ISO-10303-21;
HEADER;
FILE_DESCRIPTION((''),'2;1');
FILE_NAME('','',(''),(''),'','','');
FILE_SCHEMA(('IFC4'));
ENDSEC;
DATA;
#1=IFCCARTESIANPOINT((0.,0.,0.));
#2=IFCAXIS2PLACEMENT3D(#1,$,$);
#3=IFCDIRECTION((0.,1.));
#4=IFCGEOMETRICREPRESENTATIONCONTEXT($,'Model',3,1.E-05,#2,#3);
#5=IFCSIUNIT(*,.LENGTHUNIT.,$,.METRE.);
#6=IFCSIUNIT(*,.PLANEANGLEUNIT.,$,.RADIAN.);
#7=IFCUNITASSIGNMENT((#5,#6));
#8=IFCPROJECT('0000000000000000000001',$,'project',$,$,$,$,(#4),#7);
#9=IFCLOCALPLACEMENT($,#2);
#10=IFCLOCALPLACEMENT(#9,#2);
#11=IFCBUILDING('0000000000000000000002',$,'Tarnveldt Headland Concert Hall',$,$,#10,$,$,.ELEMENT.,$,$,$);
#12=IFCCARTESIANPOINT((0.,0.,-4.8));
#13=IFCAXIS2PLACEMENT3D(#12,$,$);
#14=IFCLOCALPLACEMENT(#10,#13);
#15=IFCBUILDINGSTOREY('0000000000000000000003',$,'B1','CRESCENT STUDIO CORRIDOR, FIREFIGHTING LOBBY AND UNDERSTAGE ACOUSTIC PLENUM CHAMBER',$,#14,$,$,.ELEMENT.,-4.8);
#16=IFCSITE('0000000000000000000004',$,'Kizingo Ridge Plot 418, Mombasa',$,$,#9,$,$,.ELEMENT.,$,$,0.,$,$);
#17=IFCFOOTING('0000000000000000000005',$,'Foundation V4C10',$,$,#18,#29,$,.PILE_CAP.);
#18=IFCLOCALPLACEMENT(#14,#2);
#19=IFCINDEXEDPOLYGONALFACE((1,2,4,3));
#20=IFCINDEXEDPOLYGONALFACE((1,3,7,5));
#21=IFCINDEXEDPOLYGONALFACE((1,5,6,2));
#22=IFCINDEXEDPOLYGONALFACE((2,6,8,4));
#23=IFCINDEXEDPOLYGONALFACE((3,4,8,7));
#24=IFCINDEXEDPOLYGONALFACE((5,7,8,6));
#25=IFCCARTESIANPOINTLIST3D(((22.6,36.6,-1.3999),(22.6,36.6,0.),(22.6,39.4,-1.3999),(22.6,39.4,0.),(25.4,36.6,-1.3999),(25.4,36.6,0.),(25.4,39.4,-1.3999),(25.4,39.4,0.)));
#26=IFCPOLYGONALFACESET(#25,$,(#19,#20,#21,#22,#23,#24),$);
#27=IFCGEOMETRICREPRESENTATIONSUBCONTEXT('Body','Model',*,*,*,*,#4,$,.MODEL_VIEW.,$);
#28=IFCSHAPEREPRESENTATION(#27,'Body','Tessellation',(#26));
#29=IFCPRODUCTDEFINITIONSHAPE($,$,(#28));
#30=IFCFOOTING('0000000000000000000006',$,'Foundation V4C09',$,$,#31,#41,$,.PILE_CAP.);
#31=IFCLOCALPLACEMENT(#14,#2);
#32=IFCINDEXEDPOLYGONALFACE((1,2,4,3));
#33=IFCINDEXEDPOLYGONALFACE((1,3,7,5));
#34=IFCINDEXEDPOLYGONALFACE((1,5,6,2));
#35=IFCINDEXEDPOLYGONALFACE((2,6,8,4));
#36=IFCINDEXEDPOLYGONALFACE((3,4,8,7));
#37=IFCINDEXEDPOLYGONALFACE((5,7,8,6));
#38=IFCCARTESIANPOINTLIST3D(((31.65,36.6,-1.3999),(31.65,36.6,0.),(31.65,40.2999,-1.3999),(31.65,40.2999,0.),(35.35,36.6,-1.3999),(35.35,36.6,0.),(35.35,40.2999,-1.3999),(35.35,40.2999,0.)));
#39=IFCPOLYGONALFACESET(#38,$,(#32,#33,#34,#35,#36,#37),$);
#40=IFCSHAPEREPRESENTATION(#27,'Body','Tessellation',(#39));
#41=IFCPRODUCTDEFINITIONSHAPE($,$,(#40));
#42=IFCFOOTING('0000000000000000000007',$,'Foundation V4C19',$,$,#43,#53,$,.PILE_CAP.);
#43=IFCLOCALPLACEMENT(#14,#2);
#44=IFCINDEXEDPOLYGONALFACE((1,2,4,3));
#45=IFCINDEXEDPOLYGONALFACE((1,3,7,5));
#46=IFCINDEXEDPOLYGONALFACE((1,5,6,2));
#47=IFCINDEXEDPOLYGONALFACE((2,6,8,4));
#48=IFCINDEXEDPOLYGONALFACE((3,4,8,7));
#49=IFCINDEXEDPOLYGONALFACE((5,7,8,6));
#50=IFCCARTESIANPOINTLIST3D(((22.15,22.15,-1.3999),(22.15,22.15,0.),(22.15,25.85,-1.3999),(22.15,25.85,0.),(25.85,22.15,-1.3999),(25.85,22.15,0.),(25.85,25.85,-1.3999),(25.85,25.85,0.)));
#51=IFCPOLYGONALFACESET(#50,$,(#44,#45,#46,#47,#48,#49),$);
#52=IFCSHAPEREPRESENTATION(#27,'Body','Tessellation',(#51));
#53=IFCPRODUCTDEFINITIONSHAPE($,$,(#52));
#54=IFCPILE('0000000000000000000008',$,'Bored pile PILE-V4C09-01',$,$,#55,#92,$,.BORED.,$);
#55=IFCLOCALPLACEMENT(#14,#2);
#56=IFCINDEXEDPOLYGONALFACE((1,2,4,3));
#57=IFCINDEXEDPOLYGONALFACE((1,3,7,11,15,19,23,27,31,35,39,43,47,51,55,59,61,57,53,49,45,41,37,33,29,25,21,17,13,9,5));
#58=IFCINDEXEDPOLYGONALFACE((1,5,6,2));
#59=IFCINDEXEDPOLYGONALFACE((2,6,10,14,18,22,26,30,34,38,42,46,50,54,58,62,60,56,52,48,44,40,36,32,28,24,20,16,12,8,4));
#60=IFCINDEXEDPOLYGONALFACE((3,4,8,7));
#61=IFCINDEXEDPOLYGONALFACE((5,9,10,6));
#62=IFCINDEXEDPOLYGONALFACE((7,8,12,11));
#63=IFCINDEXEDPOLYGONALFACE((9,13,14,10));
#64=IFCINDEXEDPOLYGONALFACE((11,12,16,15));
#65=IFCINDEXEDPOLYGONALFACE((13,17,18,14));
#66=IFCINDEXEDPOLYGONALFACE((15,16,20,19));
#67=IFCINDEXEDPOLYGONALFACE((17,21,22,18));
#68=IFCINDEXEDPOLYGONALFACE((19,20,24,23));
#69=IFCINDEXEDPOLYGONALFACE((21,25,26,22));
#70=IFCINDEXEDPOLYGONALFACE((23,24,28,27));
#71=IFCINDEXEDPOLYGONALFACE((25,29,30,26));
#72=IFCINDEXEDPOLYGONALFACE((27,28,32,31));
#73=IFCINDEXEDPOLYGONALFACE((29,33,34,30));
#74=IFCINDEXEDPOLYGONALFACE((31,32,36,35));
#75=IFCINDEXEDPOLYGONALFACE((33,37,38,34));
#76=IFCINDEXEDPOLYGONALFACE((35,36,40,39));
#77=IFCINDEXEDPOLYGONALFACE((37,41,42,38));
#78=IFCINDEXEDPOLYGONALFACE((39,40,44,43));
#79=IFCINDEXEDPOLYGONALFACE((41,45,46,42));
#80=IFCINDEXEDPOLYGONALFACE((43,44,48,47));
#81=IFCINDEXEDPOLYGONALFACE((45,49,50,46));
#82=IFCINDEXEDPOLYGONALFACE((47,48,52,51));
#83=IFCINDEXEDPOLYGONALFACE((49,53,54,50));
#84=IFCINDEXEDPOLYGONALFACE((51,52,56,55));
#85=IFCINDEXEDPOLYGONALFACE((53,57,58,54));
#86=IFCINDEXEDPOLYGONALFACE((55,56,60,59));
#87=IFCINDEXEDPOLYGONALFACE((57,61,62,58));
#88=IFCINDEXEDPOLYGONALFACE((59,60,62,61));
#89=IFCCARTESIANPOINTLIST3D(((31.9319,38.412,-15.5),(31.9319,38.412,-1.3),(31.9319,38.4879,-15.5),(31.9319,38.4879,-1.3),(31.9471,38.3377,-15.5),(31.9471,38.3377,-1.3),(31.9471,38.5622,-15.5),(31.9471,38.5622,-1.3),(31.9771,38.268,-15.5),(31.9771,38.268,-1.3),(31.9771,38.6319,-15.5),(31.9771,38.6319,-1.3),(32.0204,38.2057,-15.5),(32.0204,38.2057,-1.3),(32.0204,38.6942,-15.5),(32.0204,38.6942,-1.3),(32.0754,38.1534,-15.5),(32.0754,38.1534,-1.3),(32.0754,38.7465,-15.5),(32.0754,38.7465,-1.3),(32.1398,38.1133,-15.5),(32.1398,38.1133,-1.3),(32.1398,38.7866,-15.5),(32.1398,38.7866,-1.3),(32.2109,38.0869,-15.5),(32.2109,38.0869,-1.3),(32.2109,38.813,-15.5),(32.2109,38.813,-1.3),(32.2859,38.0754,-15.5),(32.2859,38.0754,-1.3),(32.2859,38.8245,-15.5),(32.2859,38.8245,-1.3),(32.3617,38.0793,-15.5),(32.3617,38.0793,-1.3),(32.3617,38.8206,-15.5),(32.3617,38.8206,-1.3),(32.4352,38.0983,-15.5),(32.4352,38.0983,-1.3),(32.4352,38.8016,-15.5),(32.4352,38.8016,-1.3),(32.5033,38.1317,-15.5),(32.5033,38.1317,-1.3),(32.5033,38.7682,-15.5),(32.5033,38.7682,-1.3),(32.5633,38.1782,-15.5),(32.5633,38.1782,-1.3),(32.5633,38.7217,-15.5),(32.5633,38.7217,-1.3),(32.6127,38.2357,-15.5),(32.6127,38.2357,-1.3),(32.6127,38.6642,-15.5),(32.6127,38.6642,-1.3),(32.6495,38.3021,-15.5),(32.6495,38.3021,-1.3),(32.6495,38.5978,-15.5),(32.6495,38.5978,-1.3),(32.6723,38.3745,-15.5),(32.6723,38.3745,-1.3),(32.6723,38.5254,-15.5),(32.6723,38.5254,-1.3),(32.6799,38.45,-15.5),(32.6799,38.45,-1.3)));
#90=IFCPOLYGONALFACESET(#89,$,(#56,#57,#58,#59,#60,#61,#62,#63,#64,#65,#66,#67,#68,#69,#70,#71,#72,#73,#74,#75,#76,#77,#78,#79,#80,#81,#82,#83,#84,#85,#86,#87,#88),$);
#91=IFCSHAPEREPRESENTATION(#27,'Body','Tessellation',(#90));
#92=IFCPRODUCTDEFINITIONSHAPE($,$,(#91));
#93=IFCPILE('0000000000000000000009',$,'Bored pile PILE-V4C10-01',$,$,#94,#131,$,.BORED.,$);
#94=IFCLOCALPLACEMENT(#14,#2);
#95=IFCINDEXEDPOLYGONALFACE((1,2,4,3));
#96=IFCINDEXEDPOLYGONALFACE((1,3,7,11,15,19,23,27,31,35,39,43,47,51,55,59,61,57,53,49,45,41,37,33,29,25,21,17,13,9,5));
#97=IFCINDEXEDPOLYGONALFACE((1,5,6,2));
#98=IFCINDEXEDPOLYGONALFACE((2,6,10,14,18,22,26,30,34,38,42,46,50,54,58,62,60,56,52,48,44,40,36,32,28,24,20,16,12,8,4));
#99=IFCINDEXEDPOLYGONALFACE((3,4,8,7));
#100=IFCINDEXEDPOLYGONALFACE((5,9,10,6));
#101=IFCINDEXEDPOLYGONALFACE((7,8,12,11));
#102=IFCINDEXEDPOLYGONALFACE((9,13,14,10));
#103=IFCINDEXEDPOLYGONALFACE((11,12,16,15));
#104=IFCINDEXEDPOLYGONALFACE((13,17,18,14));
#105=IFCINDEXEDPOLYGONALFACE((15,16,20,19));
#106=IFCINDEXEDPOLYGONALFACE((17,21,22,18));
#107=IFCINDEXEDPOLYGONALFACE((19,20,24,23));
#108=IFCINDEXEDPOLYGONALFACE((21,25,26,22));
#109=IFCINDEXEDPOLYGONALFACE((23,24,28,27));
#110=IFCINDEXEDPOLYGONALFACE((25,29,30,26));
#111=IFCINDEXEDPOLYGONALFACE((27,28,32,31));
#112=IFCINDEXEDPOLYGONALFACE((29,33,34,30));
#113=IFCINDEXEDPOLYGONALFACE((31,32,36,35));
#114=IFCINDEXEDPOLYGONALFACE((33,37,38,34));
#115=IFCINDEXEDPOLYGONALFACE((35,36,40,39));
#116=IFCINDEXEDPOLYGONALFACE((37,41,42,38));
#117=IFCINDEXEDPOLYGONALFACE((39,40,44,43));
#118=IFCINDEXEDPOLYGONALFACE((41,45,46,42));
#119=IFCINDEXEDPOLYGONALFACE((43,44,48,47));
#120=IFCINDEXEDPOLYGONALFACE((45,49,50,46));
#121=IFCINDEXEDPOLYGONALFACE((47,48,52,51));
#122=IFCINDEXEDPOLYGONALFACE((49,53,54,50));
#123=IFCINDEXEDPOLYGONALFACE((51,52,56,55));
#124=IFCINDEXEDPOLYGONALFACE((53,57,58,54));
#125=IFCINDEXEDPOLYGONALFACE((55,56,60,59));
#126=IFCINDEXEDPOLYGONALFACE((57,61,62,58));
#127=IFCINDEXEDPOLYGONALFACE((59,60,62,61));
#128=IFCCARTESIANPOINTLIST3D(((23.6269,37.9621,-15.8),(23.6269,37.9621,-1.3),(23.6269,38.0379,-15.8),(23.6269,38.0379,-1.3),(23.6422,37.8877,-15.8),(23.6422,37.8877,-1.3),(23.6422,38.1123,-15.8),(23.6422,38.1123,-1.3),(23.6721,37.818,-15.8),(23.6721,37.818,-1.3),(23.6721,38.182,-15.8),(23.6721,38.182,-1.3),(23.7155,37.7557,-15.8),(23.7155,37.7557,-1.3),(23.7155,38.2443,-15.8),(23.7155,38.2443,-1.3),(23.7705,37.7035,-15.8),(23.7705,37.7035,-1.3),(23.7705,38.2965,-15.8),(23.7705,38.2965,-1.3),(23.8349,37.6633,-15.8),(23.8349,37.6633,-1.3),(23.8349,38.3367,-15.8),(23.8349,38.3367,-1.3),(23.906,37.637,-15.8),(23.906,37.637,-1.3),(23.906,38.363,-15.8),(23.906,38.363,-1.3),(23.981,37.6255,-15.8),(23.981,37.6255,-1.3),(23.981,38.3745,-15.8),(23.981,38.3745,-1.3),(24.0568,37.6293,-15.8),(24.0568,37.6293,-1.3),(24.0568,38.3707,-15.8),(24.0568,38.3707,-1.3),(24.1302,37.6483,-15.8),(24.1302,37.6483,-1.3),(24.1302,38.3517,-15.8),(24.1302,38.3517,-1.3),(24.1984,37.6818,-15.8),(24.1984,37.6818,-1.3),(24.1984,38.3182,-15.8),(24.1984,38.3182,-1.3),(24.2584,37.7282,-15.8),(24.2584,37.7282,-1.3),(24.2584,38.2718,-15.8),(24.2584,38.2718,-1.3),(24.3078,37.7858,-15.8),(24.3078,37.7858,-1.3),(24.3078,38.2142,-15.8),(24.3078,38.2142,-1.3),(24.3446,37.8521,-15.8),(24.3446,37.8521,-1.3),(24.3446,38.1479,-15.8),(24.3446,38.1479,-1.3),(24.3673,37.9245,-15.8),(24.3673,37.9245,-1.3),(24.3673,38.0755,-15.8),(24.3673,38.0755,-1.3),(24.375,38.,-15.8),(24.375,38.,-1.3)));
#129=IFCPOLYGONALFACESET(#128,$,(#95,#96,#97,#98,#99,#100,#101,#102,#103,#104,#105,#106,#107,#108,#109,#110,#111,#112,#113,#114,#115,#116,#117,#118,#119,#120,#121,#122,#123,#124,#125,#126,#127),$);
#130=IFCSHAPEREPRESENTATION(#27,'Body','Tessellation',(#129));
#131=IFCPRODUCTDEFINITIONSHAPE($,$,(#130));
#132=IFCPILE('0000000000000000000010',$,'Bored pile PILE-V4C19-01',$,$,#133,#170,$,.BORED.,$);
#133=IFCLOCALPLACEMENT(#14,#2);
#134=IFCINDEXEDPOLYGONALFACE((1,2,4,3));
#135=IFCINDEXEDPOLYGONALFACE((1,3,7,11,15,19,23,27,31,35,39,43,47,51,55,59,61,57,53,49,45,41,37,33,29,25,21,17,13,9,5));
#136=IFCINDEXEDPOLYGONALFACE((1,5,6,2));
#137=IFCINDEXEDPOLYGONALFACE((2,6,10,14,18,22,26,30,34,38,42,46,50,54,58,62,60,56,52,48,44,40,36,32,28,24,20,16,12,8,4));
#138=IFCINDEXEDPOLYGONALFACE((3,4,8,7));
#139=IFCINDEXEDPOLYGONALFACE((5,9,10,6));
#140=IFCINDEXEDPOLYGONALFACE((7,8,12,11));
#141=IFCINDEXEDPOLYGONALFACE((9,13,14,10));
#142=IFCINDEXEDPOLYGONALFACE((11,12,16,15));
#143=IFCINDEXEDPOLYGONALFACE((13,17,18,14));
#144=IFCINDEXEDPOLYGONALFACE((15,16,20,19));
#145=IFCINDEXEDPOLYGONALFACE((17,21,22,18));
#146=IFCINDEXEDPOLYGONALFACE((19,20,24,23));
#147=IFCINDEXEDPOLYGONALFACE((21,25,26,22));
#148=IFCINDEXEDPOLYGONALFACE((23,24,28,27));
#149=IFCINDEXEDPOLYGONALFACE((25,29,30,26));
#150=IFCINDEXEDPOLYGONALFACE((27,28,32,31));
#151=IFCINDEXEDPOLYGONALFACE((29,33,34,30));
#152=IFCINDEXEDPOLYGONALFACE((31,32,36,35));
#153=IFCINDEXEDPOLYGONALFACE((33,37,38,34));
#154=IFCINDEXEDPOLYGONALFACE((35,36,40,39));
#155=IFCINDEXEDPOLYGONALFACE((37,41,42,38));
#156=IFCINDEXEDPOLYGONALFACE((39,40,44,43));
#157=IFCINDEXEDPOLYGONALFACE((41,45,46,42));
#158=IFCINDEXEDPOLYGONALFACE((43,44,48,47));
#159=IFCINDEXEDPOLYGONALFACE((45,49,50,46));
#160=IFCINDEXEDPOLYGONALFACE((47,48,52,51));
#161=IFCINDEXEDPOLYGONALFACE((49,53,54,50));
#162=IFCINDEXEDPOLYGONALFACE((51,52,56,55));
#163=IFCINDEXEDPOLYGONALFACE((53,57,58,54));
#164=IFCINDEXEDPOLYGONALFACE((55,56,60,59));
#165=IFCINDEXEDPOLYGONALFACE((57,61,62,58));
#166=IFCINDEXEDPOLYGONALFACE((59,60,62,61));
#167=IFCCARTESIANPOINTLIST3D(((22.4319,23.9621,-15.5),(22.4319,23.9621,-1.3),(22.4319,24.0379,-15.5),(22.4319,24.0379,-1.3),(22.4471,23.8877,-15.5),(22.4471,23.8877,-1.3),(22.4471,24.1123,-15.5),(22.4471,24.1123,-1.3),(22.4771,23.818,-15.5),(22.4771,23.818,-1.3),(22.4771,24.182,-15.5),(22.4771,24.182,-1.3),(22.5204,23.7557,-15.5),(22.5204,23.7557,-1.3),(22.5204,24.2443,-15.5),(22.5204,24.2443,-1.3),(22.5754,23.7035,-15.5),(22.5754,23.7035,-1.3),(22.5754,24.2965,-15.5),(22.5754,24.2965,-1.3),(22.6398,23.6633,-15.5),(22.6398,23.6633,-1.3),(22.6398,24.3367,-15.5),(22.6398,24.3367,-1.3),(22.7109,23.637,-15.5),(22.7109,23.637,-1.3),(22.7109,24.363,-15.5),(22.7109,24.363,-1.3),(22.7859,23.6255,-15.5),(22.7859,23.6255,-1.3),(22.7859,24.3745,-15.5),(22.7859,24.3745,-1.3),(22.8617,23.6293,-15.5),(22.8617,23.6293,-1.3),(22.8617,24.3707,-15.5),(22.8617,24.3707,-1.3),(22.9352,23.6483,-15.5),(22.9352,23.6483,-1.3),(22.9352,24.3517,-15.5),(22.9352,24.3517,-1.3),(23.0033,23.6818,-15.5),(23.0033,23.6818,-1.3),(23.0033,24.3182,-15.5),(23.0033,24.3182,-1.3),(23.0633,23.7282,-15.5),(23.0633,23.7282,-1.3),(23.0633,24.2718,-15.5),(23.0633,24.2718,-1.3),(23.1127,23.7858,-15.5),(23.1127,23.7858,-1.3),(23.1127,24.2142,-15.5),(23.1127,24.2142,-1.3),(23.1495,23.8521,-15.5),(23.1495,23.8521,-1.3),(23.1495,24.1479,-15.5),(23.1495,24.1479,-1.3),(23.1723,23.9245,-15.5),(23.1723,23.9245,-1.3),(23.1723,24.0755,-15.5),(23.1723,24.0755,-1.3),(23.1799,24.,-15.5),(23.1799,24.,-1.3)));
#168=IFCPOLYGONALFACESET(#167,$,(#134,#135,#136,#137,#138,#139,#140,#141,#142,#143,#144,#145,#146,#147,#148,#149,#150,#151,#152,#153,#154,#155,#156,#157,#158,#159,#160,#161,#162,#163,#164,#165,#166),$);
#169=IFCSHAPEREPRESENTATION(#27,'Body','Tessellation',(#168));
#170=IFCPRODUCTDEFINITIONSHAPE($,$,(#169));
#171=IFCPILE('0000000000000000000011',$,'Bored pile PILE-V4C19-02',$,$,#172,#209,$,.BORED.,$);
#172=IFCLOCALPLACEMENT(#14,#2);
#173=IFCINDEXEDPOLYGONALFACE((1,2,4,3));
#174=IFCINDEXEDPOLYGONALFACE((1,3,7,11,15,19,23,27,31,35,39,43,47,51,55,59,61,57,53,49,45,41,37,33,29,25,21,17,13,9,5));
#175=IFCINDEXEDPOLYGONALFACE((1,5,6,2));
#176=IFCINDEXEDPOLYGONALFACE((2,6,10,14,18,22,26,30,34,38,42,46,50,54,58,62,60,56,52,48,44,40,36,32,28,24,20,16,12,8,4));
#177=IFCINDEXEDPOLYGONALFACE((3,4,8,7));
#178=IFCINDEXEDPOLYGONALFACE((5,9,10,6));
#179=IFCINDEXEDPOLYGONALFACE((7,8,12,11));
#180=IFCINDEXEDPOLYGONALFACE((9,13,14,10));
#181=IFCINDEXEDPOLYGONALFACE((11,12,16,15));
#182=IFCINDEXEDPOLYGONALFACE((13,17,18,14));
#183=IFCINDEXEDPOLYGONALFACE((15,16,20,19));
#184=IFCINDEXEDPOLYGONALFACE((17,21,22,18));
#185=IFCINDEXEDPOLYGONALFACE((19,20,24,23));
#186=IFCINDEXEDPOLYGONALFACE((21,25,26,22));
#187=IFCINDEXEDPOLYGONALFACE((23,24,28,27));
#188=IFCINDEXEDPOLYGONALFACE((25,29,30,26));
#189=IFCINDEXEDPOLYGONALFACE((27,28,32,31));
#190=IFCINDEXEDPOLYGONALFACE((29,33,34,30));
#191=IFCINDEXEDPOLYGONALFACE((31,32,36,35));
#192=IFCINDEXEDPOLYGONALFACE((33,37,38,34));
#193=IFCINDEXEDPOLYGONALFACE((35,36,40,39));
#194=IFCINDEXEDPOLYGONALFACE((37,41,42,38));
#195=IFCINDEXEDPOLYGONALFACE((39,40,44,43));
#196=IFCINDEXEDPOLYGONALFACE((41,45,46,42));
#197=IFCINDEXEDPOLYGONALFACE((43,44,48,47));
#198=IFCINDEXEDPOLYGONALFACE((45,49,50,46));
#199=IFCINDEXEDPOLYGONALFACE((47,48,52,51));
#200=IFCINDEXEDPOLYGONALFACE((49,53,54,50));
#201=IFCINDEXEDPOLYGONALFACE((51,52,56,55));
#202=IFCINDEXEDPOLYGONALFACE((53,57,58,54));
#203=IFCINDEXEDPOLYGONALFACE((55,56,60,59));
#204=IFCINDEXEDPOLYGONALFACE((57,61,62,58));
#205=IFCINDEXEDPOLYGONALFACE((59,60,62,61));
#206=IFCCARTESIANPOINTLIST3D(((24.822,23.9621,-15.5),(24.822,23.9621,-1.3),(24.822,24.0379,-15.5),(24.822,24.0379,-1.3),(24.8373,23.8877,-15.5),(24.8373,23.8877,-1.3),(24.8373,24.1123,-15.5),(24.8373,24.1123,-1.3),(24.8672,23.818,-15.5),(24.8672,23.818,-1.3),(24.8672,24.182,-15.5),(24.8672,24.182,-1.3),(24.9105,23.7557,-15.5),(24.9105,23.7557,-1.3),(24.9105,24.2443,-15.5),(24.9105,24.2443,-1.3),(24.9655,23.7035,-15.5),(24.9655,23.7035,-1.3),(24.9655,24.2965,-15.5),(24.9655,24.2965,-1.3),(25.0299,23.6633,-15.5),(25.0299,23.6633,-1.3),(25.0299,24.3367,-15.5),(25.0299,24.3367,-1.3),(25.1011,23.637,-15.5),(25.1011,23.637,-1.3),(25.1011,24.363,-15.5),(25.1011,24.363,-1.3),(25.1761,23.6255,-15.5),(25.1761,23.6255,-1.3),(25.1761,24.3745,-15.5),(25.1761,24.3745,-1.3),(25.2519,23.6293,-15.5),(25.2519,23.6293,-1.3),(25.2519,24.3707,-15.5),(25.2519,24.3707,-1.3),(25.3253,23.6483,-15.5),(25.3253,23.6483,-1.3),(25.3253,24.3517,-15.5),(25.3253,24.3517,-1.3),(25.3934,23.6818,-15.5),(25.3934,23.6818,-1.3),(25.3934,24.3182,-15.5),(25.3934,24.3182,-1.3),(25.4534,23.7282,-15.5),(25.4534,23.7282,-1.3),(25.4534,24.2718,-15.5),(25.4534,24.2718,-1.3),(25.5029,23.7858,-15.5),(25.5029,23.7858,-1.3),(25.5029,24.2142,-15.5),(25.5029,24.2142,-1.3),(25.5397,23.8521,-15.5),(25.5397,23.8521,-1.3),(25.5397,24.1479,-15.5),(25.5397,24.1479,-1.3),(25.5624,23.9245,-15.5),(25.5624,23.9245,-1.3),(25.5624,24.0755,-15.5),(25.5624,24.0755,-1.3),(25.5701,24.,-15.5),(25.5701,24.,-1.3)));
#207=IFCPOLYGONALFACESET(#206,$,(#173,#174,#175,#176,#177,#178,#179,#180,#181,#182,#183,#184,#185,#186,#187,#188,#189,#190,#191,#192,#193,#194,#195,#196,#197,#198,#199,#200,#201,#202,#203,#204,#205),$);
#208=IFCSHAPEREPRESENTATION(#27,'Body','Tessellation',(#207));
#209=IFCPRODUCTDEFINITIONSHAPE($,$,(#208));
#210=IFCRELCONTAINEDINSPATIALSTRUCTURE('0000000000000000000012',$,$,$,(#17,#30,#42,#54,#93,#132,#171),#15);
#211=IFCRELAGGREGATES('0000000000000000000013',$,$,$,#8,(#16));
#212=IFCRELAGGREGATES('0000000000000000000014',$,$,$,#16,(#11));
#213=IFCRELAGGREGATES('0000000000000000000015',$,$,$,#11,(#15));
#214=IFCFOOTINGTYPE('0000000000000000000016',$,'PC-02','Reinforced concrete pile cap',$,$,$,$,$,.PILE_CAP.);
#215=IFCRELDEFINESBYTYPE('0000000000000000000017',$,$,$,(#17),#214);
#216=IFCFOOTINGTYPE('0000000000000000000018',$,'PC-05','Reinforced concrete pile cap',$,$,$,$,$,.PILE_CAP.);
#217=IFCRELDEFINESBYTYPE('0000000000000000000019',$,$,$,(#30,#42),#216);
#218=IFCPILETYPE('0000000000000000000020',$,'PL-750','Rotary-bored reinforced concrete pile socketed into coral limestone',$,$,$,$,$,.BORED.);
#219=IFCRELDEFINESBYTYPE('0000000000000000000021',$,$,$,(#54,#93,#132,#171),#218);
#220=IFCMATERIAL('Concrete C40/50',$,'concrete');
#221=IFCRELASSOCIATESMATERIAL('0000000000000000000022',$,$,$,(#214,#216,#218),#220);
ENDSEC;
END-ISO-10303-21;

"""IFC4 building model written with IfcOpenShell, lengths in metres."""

from ifc_helpers import new_model, si_unit, direction, frame, origin, origin_2d, place, context, subcontext, project, spatial, rectangle, circle, extrude, material, material_profile, profile_set, type_object, element, save


model = new_model("IFC4")

# Units and contexts
model_context = context("Model", 3, precision=1e-05, world=origin(), true_north=direction((0.0, 1.0)))
body_context = subcontext(model_context, "Body", "Model", "MODEL_VIEW")
ifc_project = project(units=[si_unit("LENGTHUNIT", "METRE"), si_unit("PLANEANGLEUNIT", "RADIAN")], contexts=[model_context])

# Site, building, storey
site_placement = place(None, origin())
site = spatial("IfcSite", under=ifc_project, at=site_placement, Name="Kizingo Ridge Plot 418, Mombasa", CompositionType="ELEMENT", RefElevation=0.0)
building_placement = place(site_placement, origin())
building = spatial("IfcBuilding", under=site, at=building_placement, Name="Tarnveldt Headland Concert Hall", CompositionType="ELEMENT")
storey_placement = place(building_placement, frame((0.0, 0.0, -4.8)))
storey = spatial("IfcBuildingStorey", under=building, at=storey_placement, Name="B1", Description="CRESCENT STUDIO CORRIDOR, FIREFIGHTING LOBBY AND UNDERSTAGE ACOUSTIC PLENUM CHAMBER", CompositionType="ELEMENT", Elevation=-4.8)

# Footings
ifc_material_1 = material(Name="Concrete C40/50", Category="concrete")
footing_type_1 = type_object("IfcFootingType", Name="PC-02", Description="Reinforced concrete pile cap", PredefinedType="PILE_CAP", material=ifc_material_1)
footing_placement = place(storey_placement, frame((24.0, 38.0, -1.3999), z_axis=(0.0, 0.0, 1.0), x_axis=(1.0, 0.0, 0.0)))
element("IfcFooting", 1, at=footing_placement, inside=storey, type_object=footing_type_1, Name="Foundation V4C10", PredefinedType="PILE_CAP", context=body_context, shape_type="SweptSolid", body=[
    extrude(rectangle(XDim=2.8, YDim=2.8, at=origin_2d()), origin(), (0.0, 0.0, 1.0), 1.3999),
])
footing_type_2 = type_object("IfcFootingType", Name="PC-05", Description="Reinforced concrete pile cap", PredefinedType="PILE_CAP", material=ifc_material_1)
for number, where, z_axis, x_axis, name in (
    (2, (33.5, 38.45, -1.3999), (0.0, 0.0, 1.0), (1.0, 0.0, 0.0), "Foundation V4C09"),
    (3, (24.0, 24.0, -1.3999), (0.0, 0.0, 1.0), (1.0, 0.0, 0.0), "Foundation V4C19"),
):
    element("IfcFooting", number, at=place(storey_placement, frame(where, z_axis=z_axis, x_axis=x_axis)), inside=storey, type_object=footing_type_2, Name=name, PredefinedType="PILE_CAP", context=body_context, shape_type="SweptSolid", body=[
        extrude(rectangle(XDim=3.7, YDim=3.7, at=origin_2d()), origin(), (0.0, 0.0, 1.0), 1.3999),
    ])

# Piles
ifc_material_profile_1 = material_profile(ifc_material_1, circle(Radius=0.375, at=origin_2d()), Name="BORED PILE D750", Category="concrete")
ifc_profile_set_1 = profile_set([ifc_material_profile_1], Name="Concrete C40/50")
pile_type = type_object("IfcPileType", Name="PL-750", Description="Rotary-bored reinforced concrete pile socketed into coral limestone", PredefinedType="BORED", material=ifc_profile_set_1)
pile_1_placement = place(storey_placement, frame((32.3049, 38.45, -1.3), z_axis=(0.0, 0.0, -1.0), x_axis=(1.0, 0.0, 0.0)))
element("IfcPile", 4, at=pile_1_placement, inside=storey, type_object=pile_type, Name="Bored pile PILE-V4C09-01", PredefinedType="BORED", context=body_context, shape_type="SweptSolid", body=[
    extrude(circle(Radius=0.375, at=origin_2d()), origin(), (0.0, 0.0, 1.0), 14.2),
])
pile_2_placement = place(storey_placement, frame((24.0, 38.0, -1.3), z_axis=(0.0, 0.0, -1.0), x_axis=(1.0, 0.0, 0.0)))
element("IfcPile", 5, at=pile_2_placement, inside=storey, type_object=pile_type, Name="Bored pile PILE-V4C10-01", PredefinedType="BORED", context=body_context, shape_type="SweptSolid", body=[
    extrude(circle(Radius=0.375, at=origin_2d()), origin(), (0.0, 0.0, 1.0), 14.5),
])
for number, where, z_axis, x_axis, name in (
    (6, (22.8049, 24.0, -1.3), (0.0, 0.0, -1.0), (1.0, 0.0, 0.0), "Bored pile PILE-V4C19-01"),
    (7, (25.1951, 24.0, -1.3), (0.0, 0.0, -1.0), (1.0, 0.0, 0.0), "Bored pile PILE-V4C19-02"),
):
    element("IfcPile", number, at=place(storey_placement, frame(where, z_axis=z_axis, x_axis=x_axis)), inside=storey, type_object=pile_type, Name=name, PredefinedType="BORED", context=body_context, shape_type="SweptSolid", body=[
        extrude(circle(Radius=0.375, at=origin_2d()), origin(), (0.0, 0.0, 1.0), 14.2),
    ])

save(model, "model.ifc")
